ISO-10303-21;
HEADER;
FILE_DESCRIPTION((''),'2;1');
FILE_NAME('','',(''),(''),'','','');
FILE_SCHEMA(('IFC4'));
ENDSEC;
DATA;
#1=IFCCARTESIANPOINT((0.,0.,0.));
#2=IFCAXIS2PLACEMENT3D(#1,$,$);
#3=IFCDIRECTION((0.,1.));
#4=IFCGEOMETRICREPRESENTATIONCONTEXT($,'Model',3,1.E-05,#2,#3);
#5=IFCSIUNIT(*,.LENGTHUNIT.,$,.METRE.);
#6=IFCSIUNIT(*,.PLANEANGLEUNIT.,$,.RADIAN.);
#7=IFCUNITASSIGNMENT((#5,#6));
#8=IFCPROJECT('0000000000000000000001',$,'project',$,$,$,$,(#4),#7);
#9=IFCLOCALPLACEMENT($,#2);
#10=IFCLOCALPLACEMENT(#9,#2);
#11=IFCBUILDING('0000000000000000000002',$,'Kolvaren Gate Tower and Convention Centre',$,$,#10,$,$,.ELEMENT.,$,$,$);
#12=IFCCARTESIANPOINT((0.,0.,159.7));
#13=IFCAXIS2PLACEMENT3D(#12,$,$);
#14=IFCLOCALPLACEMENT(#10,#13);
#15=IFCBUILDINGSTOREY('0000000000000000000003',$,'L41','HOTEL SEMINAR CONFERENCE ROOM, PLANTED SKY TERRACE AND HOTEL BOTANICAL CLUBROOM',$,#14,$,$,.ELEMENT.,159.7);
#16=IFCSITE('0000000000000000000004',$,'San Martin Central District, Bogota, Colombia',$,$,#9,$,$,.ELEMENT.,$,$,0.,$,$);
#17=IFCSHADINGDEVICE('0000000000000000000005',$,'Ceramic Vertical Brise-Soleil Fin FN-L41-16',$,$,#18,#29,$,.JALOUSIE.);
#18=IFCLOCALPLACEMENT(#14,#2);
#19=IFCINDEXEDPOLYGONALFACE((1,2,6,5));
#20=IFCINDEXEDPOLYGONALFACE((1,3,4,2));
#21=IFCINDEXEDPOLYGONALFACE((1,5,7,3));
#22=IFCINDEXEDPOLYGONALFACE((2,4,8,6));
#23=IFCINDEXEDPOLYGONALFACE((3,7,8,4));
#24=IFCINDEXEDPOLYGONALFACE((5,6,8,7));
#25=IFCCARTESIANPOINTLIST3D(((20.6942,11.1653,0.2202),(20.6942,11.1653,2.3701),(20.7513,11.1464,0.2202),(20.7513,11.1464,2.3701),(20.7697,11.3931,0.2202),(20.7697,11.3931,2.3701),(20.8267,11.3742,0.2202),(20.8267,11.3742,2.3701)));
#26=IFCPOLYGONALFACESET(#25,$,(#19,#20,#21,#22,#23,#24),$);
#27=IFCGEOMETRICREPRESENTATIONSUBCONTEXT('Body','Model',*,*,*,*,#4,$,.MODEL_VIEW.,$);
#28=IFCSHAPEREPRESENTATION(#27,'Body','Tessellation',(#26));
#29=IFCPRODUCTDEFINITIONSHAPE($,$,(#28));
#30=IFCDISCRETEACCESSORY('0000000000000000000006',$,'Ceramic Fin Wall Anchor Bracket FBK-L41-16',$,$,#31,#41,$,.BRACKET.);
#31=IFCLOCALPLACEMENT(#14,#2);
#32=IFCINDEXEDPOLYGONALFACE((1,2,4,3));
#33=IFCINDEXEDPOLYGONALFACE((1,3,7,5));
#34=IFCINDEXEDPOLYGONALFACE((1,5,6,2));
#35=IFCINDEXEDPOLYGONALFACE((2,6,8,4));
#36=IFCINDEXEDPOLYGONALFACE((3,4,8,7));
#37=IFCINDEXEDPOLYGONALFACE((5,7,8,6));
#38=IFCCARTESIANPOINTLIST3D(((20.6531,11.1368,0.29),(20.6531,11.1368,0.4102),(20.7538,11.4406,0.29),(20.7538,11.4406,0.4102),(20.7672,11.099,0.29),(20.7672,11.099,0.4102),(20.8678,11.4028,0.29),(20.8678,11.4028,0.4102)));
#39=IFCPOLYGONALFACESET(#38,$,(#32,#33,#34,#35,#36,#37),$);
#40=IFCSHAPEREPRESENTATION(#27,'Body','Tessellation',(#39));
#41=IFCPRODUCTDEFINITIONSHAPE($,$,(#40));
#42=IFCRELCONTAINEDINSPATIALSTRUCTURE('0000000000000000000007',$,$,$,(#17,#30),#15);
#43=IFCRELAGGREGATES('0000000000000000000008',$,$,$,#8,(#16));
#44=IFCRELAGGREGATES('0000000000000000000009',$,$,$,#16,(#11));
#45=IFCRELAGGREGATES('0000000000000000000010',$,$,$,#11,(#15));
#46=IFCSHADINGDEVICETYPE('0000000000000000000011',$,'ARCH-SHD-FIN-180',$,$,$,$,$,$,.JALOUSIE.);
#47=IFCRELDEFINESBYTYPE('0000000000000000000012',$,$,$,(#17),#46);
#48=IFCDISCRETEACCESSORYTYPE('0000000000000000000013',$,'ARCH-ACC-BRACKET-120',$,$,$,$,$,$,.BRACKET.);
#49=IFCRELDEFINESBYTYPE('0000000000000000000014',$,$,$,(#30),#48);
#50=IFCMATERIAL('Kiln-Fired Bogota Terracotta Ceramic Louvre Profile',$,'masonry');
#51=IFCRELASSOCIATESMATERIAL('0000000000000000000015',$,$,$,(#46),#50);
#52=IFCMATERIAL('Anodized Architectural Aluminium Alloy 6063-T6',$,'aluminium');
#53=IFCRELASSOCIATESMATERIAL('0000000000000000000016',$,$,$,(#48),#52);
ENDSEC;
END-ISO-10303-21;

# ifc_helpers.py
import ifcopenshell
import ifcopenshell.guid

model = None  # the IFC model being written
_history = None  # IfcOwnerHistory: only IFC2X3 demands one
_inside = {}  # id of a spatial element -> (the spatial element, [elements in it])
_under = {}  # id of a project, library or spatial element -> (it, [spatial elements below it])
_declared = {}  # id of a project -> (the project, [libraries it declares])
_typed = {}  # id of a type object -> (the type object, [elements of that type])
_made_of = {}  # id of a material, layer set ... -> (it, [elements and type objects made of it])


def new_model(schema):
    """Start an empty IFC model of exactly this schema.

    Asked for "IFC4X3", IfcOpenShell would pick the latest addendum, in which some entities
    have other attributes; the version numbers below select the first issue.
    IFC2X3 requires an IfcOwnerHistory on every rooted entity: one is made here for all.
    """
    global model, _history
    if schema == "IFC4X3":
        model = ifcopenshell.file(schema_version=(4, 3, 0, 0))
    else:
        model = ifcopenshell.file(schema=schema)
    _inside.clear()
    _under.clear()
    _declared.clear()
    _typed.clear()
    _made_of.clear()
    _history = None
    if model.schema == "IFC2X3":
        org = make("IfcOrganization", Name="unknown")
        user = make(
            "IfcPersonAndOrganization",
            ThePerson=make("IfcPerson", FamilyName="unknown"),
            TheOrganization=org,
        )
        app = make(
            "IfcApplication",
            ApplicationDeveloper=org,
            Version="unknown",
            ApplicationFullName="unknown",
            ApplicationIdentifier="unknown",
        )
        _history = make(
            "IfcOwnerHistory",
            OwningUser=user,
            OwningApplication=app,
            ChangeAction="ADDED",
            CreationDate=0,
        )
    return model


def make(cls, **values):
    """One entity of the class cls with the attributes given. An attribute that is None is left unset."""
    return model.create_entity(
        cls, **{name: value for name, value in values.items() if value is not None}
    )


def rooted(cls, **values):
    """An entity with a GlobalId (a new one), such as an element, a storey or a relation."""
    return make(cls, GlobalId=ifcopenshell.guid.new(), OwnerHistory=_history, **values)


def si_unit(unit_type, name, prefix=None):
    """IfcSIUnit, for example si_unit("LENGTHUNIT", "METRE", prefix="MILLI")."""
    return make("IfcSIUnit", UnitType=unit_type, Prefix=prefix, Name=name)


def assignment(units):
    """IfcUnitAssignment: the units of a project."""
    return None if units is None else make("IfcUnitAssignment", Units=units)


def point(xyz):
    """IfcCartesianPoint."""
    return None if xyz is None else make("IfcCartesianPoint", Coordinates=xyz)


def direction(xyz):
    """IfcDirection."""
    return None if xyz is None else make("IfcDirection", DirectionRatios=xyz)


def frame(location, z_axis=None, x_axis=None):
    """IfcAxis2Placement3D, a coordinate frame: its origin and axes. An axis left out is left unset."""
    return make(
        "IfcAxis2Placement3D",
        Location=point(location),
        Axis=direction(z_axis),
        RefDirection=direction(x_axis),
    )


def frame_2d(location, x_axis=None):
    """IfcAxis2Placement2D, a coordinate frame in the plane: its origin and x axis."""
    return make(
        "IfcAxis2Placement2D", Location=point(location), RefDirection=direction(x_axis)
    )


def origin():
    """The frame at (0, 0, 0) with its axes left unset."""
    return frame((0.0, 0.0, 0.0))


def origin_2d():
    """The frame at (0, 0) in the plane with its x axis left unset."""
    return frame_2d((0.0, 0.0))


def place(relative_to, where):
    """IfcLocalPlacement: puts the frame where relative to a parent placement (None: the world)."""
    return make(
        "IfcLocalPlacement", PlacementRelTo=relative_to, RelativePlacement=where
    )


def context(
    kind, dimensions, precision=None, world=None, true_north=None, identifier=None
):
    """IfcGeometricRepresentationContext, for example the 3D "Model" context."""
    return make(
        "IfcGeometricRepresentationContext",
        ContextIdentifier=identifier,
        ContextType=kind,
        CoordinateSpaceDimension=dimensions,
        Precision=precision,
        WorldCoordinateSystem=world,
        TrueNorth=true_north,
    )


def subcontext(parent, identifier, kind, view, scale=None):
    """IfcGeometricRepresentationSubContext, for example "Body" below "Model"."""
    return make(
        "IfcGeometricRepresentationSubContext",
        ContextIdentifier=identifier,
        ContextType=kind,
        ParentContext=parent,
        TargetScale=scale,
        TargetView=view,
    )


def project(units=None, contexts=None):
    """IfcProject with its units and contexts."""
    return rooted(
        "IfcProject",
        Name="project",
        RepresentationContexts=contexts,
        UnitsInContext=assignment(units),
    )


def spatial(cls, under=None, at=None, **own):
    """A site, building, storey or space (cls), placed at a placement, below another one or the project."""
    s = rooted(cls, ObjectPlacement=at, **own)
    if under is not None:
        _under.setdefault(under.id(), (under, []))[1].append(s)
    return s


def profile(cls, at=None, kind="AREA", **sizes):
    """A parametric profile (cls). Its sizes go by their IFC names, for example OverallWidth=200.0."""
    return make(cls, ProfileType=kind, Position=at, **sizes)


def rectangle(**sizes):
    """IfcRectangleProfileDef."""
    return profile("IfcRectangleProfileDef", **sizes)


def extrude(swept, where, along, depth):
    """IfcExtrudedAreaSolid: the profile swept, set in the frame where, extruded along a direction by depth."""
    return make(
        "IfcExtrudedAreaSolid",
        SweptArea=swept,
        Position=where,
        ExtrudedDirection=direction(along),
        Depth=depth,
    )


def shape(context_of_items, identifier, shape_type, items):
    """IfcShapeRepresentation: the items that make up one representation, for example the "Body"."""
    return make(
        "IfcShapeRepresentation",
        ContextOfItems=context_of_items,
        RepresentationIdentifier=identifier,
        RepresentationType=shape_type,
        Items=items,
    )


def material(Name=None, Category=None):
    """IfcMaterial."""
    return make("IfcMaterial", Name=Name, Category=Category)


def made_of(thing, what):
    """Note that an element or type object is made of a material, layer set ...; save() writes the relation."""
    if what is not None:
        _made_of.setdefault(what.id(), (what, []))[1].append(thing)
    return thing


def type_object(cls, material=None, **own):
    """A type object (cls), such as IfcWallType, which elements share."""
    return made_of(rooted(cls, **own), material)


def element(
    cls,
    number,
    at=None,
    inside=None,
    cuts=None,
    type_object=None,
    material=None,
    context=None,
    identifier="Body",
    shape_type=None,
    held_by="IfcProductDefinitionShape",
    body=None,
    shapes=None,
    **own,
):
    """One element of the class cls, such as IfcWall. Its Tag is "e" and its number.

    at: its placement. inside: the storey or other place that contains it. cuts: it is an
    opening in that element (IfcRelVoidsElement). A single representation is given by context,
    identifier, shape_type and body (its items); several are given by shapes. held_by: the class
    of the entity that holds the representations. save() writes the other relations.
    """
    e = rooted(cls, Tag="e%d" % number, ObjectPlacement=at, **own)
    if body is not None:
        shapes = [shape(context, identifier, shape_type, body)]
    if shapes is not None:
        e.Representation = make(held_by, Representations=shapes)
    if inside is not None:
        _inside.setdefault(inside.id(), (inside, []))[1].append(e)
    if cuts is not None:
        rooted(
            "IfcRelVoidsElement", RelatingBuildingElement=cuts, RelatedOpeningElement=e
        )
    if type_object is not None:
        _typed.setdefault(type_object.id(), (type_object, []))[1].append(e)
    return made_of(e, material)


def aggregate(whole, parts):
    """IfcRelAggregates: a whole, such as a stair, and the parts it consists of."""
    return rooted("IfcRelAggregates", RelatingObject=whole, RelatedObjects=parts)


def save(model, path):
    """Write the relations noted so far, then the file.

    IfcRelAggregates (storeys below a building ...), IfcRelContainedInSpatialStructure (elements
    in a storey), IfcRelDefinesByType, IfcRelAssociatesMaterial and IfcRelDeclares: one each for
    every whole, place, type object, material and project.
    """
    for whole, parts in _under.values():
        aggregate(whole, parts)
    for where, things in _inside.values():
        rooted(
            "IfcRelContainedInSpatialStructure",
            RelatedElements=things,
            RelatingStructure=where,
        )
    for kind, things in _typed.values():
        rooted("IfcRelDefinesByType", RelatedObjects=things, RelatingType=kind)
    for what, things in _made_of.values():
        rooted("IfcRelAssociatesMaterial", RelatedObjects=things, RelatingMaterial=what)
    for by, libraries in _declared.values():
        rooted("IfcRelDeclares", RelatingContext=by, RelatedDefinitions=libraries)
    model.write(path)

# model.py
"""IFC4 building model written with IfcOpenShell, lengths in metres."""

from ifc_helpers import new_model, si_unit, direction, frame, origin, origin_2d, place, context, subcontext, project, spatial, rectangle, extrude, material, type_object, element, save


model = new_model("IFC4")

# Units and contexts
model_context = context("Model", 3, precision=1e-05, world=origin(), true_north=direction((0.0, 1.0)))
body_context = subcontext(model_context, "Body", "Model", "MODEL_VIEW")
ifc_project = project(units=[si_unit("LENGTHUNIT", "METRE"), si_unit("PLANEANGLEUNIT", "RADIAN")], contexts=[model_context])

# Site, building, storey
site_placement = place(None, origin())
site = spatial("IfcSite", under=ifc_project, at=site_placement, Name="San Martin Central District, Bogota, Colombia", CompositionType="ELEMENT", RefElevation=0.0)
building_placement = place(site_placement, origin())
building = spatial("IfcBuilding", under=site, at=building_placement, Name="Kolvaren Gate Tower and Convention Centre", CompositionType="ELEMENT")
storey_placement = place(building_placement, frame((0.0, 0.0, 159.7)))
storey = spatial("IfcBuildingStorey", under=building, at=storey_placement, Name="L41", Description="HOTEL SEMINAR CONFERENCE ROOM, PLANTED SKY TERRACE AND HOTEL BOTANICAL CLUBROOM", CompositionType="ELEMENT", Elevation=159.7)

# Shared definitions
ifc_material_1 = material(Name="Anodized Architectural Aluminium Alloy 6063-T6", Category="aluminium")

# Shading device
ifc_material_2 = material(Name="Kiln-Fired Bogota Terracotta Ceramic Louvre Profile", Category="masonry")
shading_device_type = type_object("IfcShadingDeviceType", Name="ARCH-SHD-FIN-180", PredefinedType="JALOUSIE", material=ifc_material_2)
shading_device_placement = place(storey_placement, frame((20.7605, 11.2698, 0.2202), z_axis=(0.0, 0.0, 1.0), x_axis=(0.94924, -0.314554, 0.0)))
element("IfcShadingDevice", 1, at=shading_device_placement, inside=storey, type_object=shading_device_type, Name="Ceramic Vertical Brise-Soleil Fin FN-L41-16", PredefinedType="JALOUSIE", context=body_context, shape_type="SweptSolid", body=[
    extrude(rectangle(XDim=0.0601, YDim=0.24, at=origin_2d()), origin(), (0.0, 0.0, 1.0), 2.1499),
])

# Discrete accessory
discrete_accessory_type = type_object("IfcDiscreteAccessoryType", Name="ARCH-ACC-BRACKET-120", PredefinedType="BRACKET", material=ifc_material_1)
discrete_accessory_placement = place(storey_placement, frame((20.7605, 11.2698, 0.29), z_axis=(0.0, 0.0, 1.0), x_axis=(0.94924, -0.314554, 0.0)))
element("IfcDiscreteAccessory", 2, at=discrete_accessory_placement, inside=storey, type_object=discrete_accessory_type, Name="Ceramic Fin Wall Anchor Bracket FBK-L41-16", PredefinedType="BRACKET", context=body_context, shape_type="SweptSolid", body=[
    extrude(rectangle(XDim=0.1201, YDim=0.3201, at=origin_2d()), origin(), (0.0, 0.0, 1.0), 0.1201),
])

save(model, "model.ifc")
